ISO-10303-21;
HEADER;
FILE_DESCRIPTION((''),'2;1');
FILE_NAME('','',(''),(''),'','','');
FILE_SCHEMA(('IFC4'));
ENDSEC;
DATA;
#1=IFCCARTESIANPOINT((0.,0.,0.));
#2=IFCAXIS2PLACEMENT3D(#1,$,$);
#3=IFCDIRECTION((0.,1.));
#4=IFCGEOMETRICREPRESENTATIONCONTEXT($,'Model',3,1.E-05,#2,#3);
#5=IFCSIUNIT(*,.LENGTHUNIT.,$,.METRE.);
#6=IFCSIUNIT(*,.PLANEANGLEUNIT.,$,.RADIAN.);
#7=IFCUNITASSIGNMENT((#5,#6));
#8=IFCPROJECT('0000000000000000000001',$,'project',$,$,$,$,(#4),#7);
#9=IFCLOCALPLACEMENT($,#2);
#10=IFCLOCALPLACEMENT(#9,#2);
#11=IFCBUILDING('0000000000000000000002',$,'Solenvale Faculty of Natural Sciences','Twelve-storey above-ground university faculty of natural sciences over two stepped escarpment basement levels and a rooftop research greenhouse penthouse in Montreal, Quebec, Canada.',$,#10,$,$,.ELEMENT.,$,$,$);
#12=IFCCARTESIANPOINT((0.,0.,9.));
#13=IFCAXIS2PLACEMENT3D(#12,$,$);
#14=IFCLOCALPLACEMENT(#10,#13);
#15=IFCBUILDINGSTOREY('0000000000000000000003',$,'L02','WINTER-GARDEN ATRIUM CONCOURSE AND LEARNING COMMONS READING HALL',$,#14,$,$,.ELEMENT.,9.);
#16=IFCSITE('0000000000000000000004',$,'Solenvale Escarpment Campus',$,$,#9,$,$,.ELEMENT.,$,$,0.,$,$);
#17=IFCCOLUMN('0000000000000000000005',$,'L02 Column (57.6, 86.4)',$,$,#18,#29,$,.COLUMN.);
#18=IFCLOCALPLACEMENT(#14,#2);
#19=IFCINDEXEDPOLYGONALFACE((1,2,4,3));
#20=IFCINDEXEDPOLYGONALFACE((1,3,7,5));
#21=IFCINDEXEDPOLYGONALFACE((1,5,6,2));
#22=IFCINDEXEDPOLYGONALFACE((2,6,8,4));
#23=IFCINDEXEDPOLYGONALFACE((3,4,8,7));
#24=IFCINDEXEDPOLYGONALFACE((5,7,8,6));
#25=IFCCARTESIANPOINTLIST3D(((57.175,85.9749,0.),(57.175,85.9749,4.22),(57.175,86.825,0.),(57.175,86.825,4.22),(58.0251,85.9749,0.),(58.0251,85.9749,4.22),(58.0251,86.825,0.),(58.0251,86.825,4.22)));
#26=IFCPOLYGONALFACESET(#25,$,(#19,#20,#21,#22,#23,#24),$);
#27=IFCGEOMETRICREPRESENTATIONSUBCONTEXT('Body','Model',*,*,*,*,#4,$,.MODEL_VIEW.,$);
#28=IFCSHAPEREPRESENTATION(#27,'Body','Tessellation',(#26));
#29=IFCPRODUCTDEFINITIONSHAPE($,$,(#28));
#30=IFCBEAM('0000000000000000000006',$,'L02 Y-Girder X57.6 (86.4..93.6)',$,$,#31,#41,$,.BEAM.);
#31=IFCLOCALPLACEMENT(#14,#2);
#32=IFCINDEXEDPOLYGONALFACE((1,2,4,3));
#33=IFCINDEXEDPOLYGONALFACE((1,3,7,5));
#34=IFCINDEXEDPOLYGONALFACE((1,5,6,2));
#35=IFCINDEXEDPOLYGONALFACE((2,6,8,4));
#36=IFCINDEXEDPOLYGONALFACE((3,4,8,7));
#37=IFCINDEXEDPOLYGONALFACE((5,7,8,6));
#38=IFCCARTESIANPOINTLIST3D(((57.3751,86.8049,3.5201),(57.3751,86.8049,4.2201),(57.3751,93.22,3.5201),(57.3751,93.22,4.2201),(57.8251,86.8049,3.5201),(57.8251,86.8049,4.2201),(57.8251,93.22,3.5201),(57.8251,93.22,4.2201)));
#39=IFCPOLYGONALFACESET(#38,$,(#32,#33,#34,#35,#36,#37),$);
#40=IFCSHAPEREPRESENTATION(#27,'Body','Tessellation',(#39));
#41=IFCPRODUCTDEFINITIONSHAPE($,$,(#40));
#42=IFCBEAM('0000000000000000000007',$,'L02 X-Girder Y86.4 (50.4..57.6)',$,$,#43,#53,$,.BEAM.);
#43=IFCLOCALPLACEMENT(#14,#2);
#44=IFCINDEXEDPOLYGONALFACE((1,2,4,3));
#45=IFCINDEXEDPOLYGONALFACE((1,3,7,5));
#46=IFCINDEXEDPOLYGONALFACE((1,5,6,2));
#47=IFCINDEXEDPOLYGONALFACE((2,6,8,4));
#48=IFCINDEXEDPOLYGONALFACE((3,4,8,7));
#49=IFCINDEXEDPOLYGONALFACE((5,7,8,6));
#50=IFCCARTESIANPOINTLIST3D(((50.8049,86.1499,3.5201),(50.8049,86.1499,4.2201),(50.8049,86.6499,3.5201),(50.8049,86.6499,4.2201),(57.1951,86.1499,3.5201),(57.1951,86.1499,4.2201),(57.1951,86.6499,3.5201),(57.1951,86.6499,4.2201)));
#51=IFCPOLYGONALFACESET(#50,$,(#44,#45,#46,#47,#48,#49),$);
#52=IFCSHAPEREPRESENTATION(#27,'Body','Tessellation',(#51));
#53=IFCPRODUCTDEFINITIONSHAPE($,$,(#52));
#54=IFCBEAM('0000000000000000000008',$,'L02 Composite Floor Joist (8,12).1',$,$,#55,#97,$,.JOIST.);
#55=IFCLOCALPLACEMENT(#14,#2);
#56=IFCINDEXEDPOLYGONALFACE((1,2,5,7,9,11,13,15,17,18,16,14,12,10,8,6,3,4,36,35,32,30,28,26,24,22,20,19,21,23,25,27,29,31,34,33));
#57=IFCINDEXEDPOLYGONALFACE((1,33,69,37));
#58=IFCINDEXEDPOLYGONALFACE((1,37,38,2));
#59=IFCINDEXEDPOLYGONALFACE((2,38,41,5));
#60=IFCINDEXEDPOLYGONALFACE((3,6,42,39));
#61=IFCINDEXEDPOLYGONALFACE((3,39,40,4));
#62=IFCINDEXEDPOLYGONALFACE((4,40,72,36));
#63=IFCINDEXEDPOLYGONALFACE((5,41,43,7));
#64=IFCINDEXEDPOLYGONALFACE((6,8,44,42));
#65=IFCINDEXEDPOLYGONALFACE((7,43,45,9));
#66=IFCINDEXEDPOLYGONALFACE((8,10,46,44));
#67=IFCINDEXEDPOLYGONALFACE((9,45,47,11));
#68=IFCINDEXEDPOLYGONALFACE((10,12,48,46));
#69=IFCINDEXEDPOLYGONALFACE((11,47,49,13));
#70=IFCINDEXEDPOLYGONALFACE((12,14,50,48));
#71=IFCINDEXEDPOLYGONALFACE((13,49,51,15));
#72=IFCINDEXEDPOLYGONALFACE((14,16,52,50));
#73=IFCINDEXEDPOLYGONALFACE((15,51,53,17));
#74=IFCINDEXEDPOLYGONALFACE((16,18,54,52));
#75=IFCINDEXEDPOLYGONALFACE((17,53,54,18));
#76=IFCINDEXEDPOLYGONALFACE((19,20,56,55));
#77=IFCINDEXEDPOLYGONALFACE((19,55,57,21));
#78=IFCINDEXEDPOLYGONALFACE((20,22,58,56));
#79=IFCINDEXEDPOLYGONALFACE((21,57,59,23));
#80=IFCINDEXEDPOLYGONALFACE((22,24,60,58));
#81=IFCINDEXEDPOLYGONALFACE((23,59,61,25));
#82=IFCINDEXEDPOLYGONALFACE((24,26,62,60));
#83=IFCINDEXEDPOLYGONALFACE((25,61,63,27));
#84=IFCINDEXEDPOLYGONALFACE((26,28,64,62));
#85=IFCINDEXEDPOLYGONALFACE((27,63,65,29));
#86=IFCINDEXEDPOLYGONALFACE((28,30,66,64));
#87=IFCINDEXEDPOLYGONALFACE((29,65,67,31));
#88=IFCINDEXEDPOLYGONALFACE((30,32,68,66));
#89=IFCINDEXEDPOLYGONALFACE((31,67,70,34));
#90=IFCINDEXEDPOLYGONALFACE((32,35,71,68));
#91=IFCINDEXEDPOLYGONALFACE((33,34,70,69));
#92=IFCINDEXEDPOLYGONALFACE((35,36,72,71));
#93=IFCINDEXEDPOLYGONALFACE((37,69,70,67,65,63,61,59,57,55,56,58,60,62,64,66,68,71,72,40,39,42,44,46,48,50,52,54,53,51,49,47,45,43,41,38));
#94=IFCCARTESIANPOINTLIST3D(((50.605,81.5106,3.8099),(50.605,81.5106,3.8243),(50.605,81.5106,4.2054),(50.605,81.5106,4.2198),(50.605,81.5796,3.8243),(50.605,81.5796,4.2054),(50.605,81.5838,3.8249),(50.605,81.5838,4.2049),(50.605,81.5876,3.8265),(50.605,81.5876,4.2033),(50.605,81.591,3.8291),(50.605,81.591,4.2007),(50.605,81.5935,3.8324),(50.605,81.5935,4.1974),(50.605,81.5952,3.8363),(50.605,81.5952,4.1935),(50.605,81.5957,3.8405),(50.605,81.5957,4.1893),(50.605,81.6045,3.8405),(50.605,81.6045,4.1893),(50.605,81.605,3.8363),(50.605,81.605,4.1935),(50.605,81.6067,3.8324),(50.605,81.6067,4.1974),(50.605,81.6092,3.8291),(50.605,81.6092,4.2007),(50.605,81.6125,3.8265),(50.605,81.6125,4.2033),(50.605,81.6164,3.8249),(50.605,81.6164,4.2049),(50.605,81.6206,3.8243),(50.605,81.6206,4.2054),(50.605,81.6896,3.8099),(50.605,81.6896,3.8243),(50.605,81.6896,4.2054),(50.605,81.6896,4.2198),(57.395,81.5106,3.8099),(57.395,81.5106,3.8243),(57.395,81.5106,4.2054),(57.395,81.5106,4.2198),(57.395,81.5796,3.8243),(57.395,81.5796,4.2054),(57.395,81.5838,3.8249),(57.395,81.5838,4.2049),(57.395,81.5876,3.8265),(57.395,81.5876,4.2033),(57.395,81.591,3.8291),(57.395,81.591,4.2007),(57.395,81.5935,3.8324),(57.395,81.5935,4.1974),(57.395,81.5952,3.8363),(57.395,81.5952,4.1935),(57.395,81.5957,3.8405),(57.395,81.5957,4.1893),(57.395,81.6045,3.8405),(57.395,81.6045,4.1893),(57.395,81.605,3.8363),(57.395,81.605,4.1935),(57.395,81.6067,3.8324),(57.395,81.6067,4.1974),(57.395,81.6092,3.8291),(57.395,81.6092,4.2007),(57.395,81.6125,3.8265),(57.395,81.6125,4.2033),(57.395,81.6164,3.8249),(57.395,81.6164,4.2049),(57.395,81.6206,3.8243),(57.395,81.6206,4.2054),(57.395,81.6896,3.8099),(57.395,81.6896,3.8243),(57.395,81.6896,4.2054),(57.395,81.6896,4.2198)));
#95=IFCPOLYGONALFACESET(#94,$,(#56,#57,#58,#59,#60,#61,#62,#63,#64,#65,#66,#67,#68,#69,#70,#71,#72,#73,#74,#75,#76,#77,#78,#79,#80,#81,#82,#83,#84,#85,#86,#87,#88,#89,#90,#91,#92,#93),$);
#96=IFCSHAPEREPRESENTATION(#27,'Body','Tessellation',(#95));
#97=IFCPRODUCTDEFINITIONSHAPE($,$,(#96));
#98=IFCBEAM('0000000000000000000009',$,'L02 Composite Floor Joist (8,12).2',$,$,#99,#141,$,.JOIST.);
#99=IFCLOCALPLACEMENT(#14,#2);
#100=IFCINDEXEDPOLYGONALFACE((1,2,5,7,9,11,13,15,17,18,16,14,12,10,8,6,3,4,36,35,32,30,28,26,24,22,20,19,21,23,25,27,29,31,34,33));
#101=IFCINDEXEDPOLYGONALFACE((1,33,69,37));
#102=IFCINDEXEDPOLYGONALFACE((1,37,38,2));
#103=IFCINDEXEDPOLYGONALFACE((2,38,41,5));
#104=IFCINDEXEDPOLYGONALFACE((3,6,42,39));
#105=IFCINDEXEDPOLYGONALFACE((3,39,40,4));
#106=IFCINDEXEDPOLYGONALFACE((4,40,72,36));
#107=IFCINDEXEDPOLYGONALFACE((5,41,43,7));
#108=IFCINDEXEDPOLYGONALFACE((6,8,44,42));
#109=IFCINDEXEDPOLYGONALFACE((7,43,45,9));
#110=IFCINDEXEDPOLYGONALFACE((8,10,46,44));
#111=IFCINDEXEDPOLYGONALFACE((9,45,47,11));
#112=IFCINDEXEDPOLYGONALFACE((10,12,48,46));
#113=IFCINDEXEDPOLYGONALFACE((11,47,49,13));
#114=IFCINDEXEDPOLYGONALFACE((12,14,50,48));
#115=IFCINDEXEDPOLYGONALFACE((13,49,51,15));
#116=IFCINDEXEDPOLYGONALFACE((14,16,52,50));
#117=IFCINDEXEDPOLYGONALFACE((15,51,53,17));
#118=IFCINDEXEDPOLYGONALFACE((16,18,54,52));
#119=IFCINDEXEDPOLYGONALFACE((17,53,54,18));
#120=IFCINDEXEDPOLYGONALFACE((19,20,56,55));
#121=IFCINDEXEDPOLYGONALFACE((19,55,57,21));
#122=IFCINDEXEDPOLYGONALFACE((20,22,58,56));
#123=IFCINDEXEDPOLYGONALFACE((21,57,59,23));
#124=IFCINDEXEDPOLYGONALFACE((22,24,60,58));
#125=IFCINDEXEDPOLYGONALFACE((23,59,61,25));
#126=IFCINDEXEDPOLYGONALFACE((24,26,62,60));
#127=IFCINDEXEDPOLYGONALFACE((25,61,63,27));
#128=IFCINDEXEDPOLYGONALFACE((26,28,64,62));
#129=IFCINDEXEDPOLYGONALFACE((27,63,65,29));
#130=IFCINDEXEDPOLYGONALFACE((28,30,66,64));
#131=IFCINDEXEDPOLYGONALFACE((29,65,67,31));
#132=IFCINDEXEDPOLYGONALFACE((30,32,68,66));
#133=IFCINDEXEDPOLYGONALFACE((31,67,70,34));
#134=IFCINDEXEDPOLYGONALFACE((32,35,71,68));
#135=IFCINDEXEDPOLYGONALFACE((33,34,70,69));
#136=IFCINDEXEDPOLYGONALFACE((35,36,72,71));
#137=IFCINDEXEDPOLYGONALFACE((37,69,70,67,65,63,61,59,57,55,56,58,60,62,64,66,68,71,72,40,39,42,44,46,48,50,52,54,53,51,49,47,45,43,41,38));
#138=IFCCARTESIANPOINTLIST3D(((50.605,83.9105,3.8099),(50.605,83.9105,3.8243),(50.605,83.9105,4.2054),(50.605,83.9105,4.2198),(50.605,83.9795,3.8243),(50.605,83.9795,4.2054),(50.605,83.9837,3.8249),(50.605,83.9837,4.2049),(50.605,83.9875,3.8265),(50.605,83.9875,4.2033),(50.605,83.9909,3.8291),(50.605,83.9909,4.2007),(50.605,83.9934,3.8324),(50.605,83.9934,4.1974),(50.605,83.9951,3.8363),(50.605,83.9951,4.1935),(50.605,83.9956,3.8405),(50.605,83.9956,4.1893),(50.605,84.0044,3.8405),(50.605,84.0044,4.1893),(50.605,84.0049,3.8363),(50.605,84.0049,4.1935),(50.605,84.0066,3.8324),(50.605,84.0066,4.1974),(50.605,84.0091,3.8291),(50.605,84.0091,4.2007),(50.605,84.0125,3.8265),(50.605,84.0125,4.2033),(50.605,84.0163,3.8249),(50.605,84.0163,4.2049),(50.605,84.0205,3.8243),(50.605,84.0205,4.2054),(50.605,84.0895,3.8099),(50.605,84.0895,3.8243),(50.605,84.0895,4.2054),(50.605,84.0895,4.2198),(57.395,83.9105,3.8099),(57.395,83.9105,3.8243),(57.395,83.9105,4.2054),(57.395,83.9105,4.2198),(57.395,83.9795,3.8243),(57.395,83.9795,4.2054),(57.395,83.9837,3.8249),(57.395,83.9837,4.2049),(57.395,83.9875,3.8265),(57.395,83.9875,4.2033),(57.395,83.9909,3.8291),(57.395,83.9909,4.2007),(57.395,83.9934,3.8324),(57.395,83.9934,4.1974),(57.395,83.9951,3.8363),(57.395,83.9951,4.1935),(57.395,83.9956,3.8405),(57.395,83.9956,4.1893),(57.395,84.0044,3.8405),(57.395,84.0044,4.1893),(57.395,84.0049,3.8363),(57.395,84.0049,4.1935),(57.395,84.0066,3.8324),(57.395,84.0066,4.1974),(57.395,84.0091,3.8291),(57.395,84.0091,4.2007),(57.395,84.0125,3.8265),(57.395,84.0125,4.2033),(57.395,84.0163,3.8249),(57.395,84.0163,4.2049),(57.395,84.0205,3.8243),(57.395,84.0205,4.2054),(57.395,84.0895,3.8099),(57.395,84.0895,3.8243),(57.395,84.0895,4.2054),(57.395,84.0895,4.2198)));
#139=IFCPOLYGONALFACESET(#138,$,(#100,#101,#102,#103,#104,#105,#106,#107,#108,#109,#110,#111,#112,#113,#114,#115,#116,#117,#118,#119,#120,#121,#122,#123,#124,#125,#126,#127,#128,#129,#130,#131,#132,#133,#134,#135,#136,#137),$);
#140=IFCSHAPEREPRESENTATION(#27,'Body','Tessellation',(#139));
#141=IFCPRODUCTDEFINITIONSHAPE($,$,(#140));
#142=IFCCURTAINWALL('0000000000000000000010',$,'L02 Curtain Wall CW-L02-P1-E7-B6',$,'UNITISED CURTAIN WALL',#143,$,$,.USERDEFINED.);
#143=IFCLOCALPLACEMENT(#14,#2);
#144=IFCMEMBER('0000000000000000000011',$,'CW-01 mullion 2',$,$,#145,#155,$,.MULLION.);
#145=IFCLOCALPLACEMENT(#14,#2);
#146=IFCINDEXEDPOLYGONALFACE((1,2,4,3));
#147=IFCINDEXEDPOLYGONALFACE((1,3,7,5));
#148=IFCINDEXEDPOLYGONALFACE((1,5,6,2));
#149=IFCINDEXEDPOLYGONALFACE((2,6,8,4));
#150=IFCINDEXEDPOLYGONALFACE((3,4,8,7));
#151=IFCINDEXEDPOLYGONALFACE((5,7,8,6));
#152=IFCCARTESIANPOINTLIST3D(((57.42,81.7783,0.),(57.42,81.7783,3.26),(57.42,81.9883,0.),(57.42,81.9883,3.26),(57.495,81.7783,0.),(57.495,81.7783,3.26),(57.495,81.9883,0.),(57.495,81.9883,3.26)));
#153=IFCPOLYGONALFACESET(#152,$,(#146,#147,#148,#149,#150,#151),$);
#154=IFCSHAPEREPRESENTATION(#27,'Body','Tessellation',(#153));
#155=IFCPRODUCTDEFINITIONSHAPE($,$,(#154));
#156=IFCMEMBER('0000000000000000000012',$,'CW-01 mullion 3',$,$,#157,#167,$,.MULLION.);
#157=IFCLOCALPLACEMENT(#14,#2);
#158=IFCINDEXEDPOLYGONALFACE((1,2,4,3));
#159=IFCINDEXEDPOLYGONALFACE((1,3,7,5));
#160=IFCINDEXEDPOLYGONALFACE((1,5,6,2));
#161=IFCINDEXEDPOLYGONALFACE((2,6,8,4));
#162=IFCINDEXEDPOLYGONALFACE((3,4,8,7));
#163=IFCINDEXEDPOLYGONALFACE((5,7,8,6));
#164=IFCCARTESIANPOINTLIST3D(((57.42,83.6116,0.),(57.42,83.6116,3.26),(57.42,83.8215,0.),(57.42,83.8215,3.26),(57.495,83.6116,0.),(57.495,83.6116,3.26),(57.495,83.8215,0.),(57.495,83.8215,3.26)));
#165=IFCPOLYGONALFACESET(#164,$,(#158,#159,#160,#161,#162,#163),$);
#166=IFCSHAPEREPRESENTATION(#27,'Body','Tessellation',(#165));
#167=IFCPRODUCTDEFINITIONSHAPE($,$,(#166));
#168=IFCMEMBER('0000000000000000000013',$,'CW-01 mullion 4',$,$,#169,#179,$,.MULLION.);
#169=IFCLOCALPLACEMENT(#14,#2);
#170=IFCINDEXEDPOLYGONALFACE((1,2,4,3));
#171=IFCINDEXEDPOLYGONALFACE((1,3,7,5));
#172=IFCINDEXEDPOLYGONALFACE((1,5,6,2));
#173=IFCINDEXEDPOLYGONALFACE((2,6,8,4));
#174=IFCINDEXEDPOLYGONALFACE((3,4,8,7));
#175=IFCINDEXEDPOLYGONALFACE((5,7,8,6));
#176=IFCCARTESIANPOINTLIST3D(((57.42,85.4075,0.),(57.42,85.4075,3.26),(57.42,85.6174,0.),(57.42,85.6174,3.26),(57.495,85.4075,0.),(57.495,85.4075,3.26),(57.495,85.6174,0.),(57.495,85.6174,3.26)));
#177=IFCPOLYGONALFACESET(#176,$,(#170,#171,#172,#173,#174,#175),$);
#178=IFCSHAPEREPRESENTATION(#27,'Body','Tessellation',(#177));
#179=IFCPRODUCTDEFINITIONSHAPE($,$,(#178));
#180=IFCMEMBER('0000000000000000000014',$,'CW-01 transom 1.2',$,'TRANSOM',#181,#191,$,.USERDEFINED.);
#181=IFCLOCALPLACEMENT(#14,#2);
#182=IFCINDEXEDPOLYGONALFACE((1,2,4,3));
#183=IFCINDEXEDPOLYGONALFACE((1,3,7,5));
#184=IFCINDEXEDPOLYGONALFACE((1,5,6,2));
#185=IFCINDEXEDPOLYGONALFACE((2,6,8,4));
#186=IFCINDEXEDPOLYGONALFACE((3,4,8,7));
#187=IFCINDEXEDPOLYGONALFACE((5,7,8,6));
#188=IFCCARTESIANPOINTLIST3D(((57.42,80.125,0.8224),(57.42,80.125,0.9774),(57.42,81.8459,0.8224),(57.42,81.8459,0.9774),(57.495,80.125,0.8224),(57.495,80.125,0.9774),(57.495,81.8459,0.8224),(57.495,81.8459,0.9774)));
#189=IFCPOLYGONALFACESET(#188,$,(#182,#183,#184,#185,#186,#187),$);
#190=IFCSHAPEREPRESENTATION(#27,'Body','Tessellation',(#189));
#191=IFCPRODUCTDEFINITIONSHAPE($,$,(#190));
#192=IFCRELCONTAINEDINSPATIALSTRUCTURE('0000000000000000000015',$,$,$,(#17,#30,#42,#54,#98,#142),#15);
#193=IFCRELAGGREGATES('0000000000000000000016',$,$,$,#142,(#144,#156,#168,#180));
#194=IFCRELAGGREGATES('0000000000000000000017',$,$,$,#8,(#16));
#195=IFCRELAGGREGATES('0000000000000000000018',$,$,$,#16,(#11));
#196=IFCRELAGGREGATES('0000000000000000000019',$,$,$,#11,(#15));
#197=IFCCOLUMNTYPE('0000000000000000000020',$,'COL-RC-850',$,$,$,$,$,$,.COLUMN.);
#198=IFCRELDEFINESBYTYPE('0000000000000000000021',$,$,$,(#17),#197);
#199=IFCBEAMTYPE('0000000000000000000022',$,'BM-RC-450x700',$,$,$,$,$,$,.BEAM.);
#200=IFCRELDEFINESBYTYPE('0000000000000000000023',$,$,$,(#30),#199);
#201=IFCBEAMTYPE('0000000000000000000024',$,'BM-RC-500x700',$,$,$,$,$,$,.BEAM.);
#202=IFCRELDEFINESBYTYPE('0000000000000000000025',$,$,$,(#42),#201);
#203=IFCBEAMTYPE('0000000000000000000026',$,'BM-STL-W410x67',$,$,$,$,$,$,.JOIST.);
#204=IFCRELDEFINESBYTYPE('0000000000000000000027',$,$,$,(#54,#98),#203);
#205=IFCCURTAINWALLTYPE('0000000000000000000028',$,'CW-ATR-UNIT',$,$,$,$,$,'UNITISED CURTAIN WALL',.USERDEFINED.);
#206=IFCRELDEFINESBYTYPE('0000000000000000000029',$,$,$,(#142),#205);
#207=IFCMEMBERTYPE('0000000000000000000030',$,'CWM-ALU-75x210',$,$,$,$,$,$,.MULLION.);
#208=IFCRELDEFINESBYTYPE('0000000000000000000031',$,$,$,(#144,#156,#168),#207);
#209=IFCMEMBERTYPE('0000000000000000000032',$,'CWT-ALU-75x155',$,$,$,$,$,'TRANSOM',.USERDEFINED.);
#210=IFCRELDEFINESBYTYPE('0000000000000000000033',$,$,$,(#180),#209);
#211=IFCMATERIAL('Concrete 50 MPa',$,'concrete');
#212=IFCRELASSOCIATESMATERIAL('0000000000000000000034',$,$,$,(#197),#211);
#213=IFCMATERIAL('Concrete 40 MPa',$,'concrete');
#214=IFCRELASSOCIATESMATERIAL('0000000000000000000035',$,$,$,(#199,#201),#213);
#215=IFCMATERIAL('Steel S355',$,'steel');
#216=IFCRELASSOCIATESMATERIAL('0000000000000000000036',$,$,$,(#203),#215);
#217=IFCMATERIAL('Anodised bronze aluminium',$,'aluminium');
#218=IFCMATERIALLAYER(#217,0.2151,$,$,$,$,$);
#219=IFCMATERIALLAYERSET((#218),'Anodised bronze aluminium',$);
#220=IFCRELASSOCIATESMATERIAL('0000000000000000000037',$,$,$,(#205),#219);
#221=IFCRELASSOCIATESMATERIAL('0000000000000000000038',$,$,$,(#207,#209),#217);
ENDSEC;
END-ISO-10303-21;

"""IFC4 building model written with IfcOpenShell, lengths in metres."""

from ifc_helpers import new_model, si_unit, direction, frame, origin, origin_2d, place, context, subcontext, project, spatial, rectangle, i_section, extrude, material, layer, layer_set, material_profile, profile_set, type_object, element, aggregate, save


model = new_model("IFC4")

# Units and contexts
model_context = context("Model", 3, precision=1e-05, world=origin(), true_north=direction((0.0, 1.0)))
body_context = subcontext(model_context, "Body", "Model", "MODEL_VIEW")
ifc_project = project(units=[si_unit("LENGTHUNIT", "METRE"), si_unit("PLANEANGLEUNIT", "RADIAN")], contexts=[model_context])

# Site, building, storey
site_placement = place(None, origin())
site = spatial("IfcSite", under=ifc_project, at=site_placement, Name="Solenvale Escarpment Campus", CompositionType="ELEMENT", RefElevation=0.0)
building_placement = place(site_placement, origin())
building = spatial("IfcBuilding", under=site, at=building_placement, Name="Solenvale Faculty of Natural Sciences", Description="Twelve-storey above-ground university faculty of natural sciences over two stepped escarpment basement levels and a rooftop research greenhouse penthouse in Montreal, Quebec, Canada.", CompositionType="ELEMENT")
storey_placement = place(building_placement, frame((0.0, 0.0, 9.0)))
storey = spatial("IfcBuildingStorey", under=building, at=storey_placement, Name="L02", Description="WINTER-GARDEN ATRIUM CONCOURSE AND LEARNING COMMONS READING HALL", CompositionType="ELEMENT", Elevation=9.0)

# Column
ifc_material_1 = material(Name="Concrete 50 MPa", Category="concrete")
ifc_material_profile_1 = material_profile(ifc_material_1, rectangle(XDim=0.8501, YDim=0.8501, at=origin_2d()), Name="RC-COL-850x850")
ifc_profile_set_1 = profile_set([ifc_material_profile_1], Name="Concrete 50 MPa")
column_type = type_object("IfcColumnType", Name="COL-RC-850", PredefinedType="COLUMN", material=ifc_profile_set_1)
column_placement = place(storey_placement, frame((57.6001, 86.3999, 0.0), z_axis=(0.0, 0.0, 1.0), x_axis=(1.0, 0.0, 0.0)))
element("IfcColumn", 1, at=column_placement, inside=storey, type_object=column_type, Name="L02 Column (57.6, 86.4)", PredefinedType="COLUMN", context=body_context, shape_type="SweptSolid", body=[
    extrude(rectangle(XDim=0.8501, YDim=0.8501, at=origin_2d()), origin(), (0.0, 0.0, 1.0), 4.22),
])

# Beams
ifc_material_2 = material(Name="Concrete 40 MPa", Category="concrete")
ifc_material_profile_2 = material_profile(ifc_material_2, rectangle(XDim=0.45, YDim=0.7, at=origin_2d()), Name="RC-BM-450x700")
ifc_profile_set_2 = profile_set([ifc_material_profile_2], Name="Concrete 40 MPa")
beam_type_1 = type_object("IfcBeamType", Name="BM-RC-450x700", PredefinedType="BEAM", material=ifc_profile_set_2)
beam_1_placement = place(storey_placement, frame((57.6001, 86.8049, 3.8701), z_axis=(0.0, 1.0, 0.0), x_axis=(-1.0, 0.0, 0.0)))
element("IfcBeam", 2, at=beam_1_placement, inside=storey, type_object=beam_type_1, Name="L02 Y-Girder X57.6 (86.4..93.6)", PredefinedType="BEAM", context=body_context, shape_type="SweptSolid", body=[
    extrude(rectangle(XDim=0.45, YDim=0.7, at=origin_2d()), origin(), (0.0, 0.0, 1.0), 6.415),
])
ifc_material_profile_3 = material_profile(ifc_material_2, rectangle(XDim=0.5, YDim=0.7, at=origin_2d()), Name="RC-BM-500x700")
ifc_profile_set_3 = profile_set([ifc_material_profile_3], Name="Concrete 40 MPa")
beam_type_2 = type_object("IfcBeamType", Name="BM-RC-500x700", PredefinedType="BEAM", material=ifc_profile_set_3)
beam_2_placement = place(storey_placement, frame((50.8049, 86.3999, 3.8701), z_axis=(1.0, 0.0, 0.0), x_axis=(0.0, 1.0, 0.0)))
element("IfcBeam", 3, at=beam_2_placement, inside=storey, type_object=beam_type_2, Name="L02 X-Girder Y86.4 (50.4..57.6)", PredefinedType="BEAM", context=body_context, shape_type="SweptSolid", body=[
    extrude(rectangle(XDim=0.5, YDim=0.7, at=origin_2d()), origin(), (0.0, 0.0, 1.0), 6.3901),
])
ifc_material_3 = material(Name="Steel S355", Category="steel")
ifc_material_profile_4 = material_profile(ifc_material_3, i_section(OverallWidth=0.179, OverallDepth=0.4099, WebThickness=0.0088, FlangeThickness=0.0144, FilletRadius=0.0161, at=origin_2d()), Name="W410x67")
ifc_profile_set_4 = profile_set([ifc_material_profile_4], Name="Steel S355")
beam_type_3 = type_object("IfcBeamType", Name="BM-STL-W410x67", PredefinedType="JOIST", material=ifc_profile_set_4)
for number, where, z_axis, x_axis, name in (
    (4, (50.605, 81.6001, 4.0149), (1.0, 0.0, 0.0), (0.0, 1.0, 0.0), "L02 Composite Floor Joist (8,12).1"),
    (5, (50.605, 84.0, 4.0149), (1.0, 0.0, 0.0), (0.0, 1.0, 0.0), "L02 Composite Floor Joist (8,12).2"),
):
    element("IfcBeam", number, at=place(storey_placement, frame(where, z_axis=z_axis, x_axis=x_axis)), inside=storey, type_object=beam_type_3, Name=name, PredefinedType="JOIST", context=body_context, shape_type="SweptSolid", body=[
        extrude(i_section(OverallWidth=0.179, OverallDepth=0.4099, WebThickness=0.0088, FlangeThickness=0.0144, FilletRadius=0.0161, at=origin_2d()), origin(), (0.0, 0.0, 1.0), 6.79),
    ])

# Curtain wall, members
ifc_material_4 = material(Name="Anodised bronze aluminium", Category="aluminium")
ifc_layer_1 = layer(ifc_material_4, 0.2151)
ifc_layer_set_1 = layer_set([ifc_layer_1], Name="Anodised bronze aluminium")
curtain_wall_type = type_object("IfcCurtainWallType", Name="CW-ATR-UNIT", ElementType="UNITISED CURTAIN WALL", PredefinedType="USERDEFINED", material=ifc_layer_set_1)
curtain_wall_placement = place(storey_placement, origin())
curtain_wall = element("IfcCurtainWall", 6, at=curtain_wall_placement, inside=storey, type_object=curtain_wall_type, Name="L02 Curtain Wall CW-L02-P1-E7-B6", ObjectType="UNITISED CURTAIN WALL", PredefinedType="USERDEFINED")
ifc_material_profile_5 = material_profile(ifc_material_4, rectangle(XDim=0.075, YDim=0.21, at=origin_2d()), Name="ALU-MUL-75x210")
ifc_profile_set_5 = profile_set([ifc_material_profile_5], Name="Anodised bronze aluminium")
member_type_1 = type_object("IfcMemberType", Name="CWM-ALU-75x210", PredefinedType="MULLION", material=ifc_profile_set_5)
member_1_placement = place(storey_placement, frame((57.4575, 81.8833, 0.0), z_axis=(0.0, 0.0, 1.0), x_axis=(-1.0, 0.0, 0.0)))
member_1 = element("IfcMember", 7, at=member_1_placement, type_object=member_type_1, Name="CW-01 mullion 2", PredefinedType="MULLION", context=body_context, shape_type="SweptSolid", body=[
    extrude(rectangle(XDim=0.075, YDim=0.21, at=origin_2d()), origin(), (0.0, 0.0, 1.0), 3.26),
])
member_2_placement = place(storey_placement, frame((57.4575, 83.7166, 0.0), z_axis=(0.0, 0.0, 1.0), x_axis=(-1.0, 0.0, 0.0)))
member_2 = element("IfcMember", 8, at=member_2_placement, type_object=member_type_1, Name="CW-01 mullion 3", PredefinedType="MULLION", context=body_context, shape_type="SweptSolid", body=[
    extrude(rectangle(XDim=0.075, YDim=0.21, at=origin_2d()), origin(), (0.0, 0.0, 1.0), 3.26),
])
member_3_placement = place(storey_placement, frame((57.4575, 85.5125, 0.0), z_axis=(0.0, 0.0, 1.0), x_axis=(-1.0, 0.0, 0.0)))
member_3 = element("IfcMember", 9, at=member_3_placement, type_object=member_type_1, Name="CW-01 mullion 4", PredefinedType="MULLION", context=body_context, shape_type="SweptSolid", body=[
    extrude(rectangle(XDim=0.075, YDim=0.21, at=origin_2d()), origin(), (0.0, 0.0, 1.0), 3.26),
])
ifc_material_profile_6 = material_profile(ifc_material_4, rectangle(XDim=0.075, YDim=0.155, at=origin_2d()), Name="ALU-TRN-75x155")
ifc_profile_set_6 = profile_set([ifc_material_profile_6], Name="Anodised bronze aluminium")
member_type_2 = type_object("IfcMemberType", Name="CWT-ALU-75x155", ElementType="TRANSOM", PredefinedType="USERDEFINED", material=ifc_profile_set_6)
member_4_placement = place(storey_placement, frame((57.4575, 80.125, 0.8999), z_axis=(0.0, 1.0, 0.0), x_axis=(-1.0, 0.0, 0.0)))
member_4 = element("IfcMember", 10, at=member_4_placement, type_object=member_type_2, Name="CW-01 transom 1.2", ObjectType="TRANSOM", PredefinedType="USERDEFINED", context=body_context, shape_type="SweptSolid", body=[
    extrude(rectangle(XDim=0.075, YDim=0.155, at=origin_2d()), origin(), (0.0, 0.0, 1.0), 1.7209),
])
aggregate(curtain_wall, [member_1, member_2, member_3, member_4])

save(model, "model.ifc")
